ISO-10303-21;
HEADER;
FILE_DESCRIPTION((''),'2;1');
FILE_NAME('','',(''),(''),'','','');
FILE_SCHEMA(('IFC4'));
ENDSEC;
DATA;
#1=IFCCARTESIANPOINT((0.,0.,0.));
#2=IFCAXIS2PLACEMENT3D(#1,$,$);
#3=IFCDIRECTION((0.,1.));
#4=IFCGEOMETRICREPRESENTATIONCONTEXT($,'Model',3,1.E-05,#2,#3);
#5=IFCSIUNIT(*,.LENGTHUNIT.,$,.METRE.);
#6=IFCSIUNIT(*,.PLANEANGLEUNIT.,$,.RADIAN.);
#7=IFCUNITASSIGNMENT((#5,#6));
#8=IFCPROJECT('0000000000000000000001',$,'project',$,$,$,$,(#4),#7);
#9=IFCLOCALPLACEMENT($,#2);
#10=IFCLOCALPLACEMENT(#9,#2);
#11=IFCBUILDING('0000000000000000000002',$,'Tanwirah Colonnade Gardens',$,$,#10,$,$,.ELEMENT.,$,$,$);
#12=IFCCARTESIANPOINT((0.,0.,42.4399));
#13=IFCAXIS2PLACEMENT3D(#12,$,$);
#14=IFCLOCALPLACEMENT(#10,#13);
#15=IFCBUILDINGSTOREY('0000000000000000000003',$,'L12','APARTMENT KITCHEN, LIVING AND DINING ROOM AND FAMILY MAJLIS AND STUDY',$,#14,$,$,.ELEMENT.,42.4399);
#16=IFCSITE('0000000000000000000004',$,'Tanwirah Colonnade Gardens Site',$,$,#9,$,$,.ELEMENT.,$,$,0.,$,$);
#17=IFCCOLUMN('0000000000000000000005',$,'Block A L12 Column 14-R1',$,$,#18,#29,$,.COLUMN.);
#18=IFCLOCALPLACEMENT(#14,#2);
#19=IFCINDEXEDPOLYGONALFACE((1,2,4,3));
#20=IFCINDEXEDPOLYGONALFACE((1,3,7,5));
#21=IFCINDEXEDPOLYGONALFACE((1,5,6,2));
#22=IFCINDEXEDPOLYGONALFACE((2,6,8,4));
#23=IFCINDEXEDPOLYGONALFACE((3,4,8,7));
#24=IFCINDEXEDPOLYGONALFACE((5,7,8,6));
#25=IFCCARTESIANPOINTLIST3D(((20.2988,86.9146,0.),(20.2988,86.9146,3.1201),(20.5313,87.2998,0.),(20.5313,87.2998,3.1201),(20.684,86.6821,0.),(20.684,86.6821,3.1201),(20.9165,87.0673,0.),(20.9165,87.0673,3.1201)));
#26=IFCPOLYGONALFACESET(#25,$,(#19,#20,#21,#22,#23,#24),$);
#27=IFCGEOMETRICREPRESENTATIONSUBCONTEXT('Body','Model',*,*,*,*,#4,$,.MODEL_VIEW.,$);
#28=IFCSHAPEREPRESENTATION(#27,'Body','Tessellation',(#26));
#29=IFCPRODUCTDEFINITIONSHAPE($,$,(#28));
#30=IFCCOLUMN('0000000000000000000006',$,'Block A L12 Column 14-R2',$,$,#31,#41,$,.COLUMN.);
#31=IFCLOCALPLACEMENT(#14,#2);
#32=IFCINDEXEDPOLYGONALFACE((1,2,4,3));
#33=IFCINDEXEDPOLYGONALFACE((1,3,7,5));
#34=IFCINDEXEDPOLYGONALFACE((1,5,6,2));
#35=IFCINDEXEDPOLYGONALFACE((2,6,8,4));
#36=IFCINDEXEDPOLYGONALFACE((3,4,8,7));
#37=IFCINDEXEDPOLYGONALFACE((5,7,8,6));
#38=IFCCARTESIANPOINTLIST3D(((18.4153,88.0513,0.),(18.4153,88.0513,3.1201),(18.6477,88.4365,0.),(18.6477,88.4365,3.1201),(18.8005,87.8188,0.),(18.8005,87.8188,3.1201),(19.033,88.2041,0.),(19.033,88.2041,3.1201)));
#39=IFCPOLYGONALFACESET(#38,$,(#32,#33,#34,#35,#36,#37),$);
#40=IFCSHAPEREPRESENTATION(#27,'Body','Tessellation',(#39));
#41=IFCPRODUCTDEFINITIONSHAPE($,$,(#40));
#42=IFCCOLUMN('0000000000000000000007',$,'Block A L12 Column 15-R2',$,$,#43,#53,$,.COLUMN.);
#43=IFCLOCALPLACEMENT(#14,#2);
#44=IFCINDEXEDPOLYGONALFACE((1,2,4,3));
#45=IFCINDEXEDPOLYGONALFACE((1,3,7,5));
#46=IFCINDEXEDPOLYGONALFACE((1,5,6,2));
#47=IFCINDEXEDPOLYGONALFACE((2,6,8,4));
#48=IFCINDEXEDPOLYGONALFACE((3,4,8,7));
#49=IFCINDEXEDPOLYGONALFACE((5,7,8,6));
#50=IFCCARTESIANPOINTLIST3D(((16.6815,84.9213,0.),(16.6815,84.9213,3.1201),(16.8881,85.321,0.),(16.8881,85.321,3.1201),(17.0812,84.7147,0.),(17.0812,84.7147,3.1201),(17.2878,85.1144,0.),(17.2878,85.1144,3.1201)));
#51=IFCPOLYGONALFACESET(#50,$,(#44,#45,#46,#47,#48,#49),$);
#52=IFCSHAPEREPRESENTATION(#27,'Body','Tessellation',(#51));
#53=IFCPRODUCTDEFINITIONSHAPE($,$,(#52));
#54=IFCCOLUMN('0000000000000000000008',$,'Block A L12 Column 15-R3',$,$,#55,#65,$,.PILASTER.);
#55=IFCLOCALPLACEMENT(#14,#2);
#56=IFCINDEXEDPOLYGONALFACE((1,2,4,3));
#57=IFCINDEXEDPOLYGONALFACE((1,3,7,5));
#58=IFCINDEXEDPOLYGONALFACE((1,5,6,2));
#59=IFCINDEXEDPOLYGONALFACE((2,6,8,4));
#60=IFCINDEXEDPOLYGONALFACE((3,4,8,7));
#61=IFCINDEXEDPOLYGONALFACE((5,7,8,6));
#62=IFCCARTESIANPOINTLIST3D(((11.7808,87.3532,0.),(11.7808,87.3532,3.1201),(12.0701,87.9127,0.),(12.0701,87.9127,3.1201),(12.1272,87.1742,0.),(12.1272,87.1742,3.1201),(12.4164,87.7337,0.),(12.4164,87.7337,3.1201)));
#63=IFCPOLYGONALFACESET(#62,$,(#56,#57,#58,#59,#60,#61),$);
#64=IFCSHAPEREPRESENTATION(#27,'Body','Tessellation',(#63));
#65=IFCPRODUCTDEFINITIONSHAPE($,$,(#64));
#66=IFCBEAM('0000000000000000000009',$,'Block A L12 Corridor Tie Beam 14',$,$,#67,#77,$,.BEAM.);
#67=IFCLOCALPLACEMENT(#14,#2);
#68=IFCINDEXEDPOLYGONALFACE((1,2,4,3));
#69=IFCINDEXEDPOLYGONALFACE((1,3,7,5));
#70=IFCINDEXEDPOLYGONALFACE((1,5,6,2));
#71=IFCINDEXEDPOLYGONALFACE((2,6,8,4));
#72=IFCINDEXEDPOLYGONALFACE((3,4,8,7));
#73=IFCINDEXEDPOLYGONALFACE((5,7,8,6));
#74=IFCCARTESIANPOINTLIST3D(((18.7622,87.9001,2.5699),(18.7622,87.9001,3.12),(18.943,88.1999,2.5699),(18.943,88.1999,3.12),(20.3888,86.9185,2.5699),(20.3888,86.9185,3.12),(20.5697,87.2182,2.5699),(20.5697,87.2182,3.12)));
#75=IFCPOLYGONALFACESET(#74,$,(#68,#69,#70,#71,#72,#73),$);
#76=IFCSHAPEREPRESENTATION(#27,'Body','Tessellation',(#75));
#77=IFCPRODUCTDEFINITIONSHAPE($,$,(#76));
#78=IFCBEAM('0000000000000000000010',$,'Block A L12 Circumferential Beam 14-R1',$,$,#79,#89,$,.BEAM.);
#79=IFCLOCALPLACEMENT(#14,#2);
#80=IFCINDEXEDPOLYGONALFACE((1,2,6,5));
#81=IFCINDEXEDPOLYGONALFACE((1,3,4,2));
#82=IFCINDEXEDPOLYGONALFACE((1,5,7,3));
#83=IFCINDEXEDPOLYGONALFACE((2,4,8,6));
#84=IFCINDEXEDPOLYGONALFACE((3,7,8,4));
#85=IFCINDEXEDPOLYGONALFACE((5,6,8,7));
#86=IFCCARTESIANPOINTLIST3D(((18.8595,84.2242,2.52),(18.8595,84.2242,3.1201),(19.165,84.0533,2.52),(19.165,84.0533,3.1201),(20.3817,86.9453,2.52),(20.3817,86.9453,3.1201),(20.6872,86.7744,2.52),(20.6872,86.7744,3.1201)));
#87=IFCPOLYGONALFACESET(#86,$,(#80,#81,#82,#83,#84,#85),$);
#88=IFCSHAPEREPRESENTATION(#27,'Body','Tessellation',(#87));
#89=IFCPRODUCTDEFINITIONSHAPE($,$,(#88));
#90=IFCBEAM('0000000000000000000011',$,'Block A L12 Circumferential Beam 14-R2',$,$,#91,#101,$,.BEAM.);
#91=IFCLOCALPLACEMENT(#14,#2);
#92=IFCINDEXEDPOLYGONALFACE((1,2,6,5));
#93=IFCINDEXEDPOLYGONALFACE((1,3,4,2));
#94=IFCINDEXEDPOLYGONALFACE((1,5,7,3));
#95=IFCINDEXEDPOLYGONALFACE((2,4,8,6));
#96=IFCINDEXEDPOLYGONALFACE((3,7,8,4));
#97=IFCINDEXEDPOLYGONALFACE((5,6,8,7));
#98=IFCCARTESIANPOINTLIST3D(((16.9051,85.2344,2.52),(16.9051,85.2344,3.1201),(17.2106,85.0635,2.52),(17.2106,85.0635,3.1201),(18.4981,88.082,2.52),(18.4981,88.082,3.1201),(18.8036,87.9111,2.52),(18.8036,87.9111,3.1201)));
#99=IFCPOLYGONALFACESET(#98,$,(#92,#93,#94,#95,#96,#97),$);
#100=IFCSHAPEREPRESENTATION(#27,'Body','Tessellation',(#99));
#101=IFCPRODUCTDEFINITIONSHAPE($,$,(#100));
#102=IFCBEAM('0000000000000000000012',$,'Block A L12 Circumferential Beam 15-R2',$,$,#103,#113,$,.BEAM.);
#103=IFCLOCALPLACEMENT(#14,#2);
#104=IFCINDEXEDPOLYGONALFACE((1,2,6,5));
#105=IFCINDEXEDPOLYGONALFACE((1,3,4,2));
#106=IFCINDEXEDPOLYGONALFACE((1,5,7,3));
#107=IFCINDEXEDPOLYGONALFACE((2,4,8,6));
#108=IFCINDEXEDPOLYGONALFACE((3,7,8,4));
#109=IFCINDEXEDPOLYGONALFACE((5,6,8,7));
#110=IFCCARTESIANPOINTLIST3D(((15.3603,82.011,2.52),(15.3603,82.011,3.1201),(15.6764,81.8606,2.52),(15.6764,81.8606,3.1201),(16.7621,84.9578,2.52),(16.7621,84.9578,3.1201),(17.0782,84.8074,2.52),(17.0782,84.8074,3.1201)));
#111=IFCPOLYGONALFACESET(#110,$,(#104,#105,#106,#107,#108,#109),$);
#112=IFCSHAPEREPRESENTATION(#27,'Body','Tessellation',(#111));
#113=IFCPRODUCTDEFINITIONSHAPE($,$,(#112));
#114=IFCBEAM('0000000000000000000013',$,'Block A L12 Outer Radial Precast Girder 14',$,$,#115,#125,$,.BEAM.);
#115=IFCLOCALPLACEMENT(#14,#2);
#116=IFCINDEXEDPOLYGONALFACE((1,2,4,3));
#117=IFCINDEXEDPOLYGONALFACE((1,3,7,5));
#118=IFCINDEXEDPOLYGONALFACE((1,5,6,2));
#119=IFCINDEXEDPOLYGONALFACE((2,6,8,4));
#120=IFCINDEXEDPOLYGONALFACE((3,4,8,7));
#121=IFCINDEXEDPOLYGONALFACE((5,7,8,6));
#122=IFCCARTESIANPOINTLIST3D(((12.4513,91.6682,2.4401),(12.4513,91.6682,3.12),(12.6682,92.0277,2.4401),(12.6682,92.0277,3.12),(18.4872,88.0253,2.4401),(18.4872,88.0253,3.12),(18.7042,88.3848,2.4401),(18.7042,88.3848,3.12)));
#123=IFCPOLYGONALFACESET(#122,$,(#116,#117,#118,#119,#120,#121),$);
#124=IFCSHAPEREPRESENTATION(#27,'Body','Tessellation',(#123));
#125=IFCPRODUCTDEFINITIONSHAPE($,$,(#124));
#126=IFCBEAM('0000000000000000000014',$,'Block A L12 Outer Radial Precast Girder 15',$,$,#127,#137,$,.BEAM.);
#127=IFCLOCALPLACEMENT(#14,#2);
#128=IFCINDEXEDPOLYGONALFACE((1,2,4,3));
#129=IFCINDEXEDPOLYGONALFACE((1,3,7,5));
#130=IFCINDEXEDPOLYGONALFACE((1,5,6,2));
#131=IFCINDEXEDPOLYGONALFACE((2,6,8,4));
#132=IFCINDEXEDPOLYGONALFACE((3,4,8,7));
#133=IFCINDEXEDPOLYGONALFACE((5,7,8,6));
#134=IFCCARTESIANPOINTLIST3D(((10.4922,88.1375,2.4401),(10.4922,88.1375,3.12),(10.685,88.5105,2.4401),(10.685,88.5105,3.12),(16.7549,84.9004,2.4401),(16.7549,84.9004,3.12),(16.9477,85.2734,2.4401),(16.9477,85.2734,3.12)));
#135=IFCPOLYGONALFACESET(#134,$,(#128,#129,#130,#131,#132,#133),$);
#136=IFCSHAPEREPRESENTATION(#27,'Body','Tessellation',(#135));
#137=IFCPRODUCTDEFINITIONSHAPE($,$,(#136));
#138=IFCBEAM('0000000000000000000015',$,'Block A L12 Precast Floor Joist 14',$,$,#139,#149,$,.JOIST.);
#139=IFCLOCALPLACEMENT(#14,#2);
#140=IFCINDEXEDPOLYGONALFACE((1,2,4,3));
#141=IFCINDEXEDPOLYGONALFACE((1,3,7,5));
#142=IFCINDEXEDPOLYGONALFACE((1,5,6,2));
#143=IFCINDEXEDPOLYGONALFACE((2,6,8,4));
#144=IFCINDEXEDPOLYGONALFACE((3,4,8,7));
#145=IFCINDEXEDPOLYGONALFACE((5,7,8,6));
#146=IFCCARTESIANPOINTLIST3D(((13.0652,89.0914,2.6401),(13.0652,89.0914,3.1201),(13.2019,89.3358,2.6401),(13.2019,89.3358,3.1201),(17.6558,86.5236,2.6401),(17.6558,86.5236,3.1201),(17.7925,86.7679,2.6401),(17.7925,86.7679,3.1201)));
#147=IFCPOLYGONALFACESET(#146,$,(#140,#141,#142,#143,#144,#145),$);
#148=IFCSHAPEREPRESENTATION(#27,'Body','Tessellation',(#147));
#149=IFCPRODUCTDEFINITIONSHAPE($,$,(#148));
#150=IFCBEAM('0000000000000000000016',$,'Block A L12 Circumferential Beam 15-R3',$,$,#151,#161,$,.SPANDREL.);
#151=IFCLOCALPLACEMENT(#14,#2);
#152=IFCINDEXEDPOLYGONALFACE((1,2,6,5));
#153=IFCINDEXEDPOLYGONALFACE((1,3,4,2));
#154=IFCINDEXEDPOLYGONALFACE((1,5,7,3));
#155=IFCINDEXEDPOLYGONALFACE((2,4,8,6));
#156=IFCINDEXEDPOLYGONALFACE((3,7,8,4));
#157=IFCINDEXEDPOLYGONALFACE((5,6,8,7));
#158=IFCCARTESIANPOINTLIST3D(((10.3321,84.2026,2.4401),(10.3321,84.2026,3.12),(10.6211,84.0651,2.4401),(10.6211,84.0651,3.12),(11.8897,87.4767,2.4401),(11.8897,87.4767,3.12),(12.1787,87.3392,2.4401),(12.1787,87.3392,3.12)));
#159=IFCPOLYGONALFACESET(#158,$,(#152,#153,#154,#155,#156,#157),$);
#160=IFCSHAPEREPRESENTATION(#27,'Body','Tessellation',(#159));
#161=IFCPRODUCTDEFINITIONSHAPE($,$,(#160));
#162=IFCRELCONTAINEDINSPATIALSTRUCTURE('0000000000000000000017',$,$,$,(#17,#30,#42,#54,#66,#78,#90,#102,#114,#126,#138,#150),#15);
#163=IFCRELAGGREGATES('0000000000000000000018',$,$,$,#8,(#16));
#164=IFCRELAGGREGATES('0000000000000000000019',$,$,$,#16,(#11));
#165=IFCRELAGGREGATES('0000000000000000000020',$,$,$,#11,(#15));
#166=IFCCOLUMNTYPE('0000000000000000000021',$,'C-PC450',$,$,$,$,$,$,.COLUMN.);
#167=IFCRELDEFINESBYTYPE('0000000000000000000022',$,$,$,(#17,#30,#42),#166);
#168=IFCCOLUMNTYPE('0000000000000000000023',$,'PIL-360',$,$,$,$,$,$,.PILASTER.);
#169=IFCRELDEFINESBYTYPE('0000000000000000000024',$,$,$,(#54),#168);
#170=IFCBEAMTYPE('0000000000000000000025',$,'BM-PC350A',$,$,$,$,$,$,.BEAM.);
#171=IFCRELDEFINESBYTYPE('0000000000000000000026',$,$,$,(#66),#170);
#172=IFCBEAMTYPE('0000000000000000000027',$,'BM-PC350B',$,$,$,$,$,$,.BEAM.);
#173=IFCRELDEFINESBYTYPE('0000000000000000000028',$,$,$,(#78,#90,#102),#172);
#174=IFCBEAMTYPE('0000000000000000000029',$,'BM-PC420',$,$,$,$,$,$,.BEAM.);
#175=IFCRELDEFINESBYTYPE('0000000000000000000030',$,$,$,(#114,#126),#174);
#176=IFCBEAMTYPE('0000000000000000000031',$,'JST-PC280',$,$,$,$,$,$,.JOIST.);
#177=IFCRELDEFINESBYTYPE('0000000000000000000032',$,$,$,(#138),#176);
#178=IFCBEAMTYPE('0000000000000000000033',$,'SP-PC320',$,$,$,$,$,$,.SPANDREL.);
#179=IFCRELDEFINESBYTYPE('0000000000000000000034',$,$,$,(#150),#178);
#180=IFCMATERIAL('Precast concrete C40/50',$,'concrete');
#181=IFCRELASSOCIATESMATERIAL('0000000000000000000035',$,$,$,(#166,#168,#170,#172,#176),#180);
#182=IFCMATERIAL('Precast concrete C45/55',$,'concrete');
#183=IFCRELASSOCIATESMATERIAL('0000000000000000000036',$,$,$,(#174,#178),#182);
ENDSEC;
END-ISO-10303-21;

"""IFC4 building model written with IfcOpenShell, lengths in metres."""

from ifc_helpers import new_model, si_unit, direction, frame, origin, origin_2d, place, context, subcontext, project, spatial, rectangle, extrude, material, material_profile, profile_set, type_object, element, save


model = new_model("IFC4")

# Units and contexts
model_context = context("Model", 3, precision=1e-05, world=origin(), true_north=direction((0.0, 1.0)))
body_context = subcontext(model_context, "Body", "Model", "MODEL_VIEW")
ifc_project = project(units=[si_unit("LENGTHUNIT", "METRE"), si_unit("PLANEANGLEUNIT", "RADIAN")], contexts=[model_context])

# Site, building, storey
site_placement = place(None, origin())
site = spatial("IfcSite", under=ifc_project, at=site_placement, Name="Tanwirah Colonnade Gardens Site", CompositionType="ELEMENT", RefElevation=0.0)
building_placement = place(site_placement, origin())
building = spatial("IfcBuilding", under=site, at=building_placement, Name="Tanwirah Colonnade Gardens", CompositionType="ELEMENT")
storey_placement = place(building_placement, frame((0.0, 0.0, 42.4399)))
storey = spatial("IfcBuildingStorey", under=building, at=storey_placement, Name="L12", Description="APARTMENT KITCHEN, LIVING AND DINING ROOM AND FAMILY MAJLIS AND STUDY", CompositionType="ELEMENT", Elevation=42.4399)

# Columns
ifc_material_1 = material(Name="Precast concrete C40/50", Category="concrete")
ifc_material_profile_1 = material_profile(ifc_material_1, rectangle(XDim=0.45, YDim=0.45, at=origin_2d()), Name="PC-COL 450x450")
ifc_profile_set_1 = profile_set([ifc_material_profile_1], Name="Precast concrete C40/50")
column_type_1 = type_object("IfcColumnType", Name="C-PC450", PredefinedType="COLUMN", material=ifc_profile_set_1)
for number, where, z_axis, x_axis, name in (
    (1, (20.6077, 86.991, 0.0), (0.0, 0.0, 1.0), (-0.856167, 0.516699, 0.0), "Block A L12 Column 14-R1"),
    (2, (18.7241, 88.1277, 0.0), (0.0, 0.0, 1.0), (-0.856167, 0.516699, 0.0), "Block A L12 Column 14-R2"),
    (3, (16.9846, 85.0178, 0.0), (0.0, 0.0, 1.0), (-0.88835, 0.459166, 0.0), "Block A L12 Column 15-R2"),
):
    element("IfcColumn", number, at=place(storey_placement, frame(where, z_axis=z_axis, x_axis=x_axis)), inside=storey, type_object=column_type_1, Name=name, PredefinedType="COLUMN", context=body_context, shape_type="SweptSolid", body=[
        extrude(rectangle(XDim=0.45, YDim=0.45, at=origin_2d()), origin(), (0.0, 0.0, 1.0), 3.1201),
    ])
ifc_material_profile_2 = material_profile(ifc_material_1, rectangle(XDim=0.3899, YDim=0.6299, at=origin_2d()), Name="PC-PIL 390x630")
ifc_profile_set_2 = profile_set([ifc_material_profile_2], Name="Precast concrete C40/50")
column_type_2 = type_object("IfcColumnType", Name="PIL-360", PredefinedType="PILASTER", material=ifc_profile_set_2)
column_placement = place(storey_placement, frame((12.0986, 87.5435, 0.0), z_axis=(0.0, 0.0, 1.0), x_axis=(-0.88835, 0.459166, 0.0)))
element("IfcColumn", 4, at=column_placement, inside=storey, type_object=column_type_2, Name="Block A L12 Column 15-R3", PredefinedType="PILASTER", context=body_context, shape_type="SweptSolid", body=[
    extrude(rectangle(XDim=0.3899, YDim=0.6299, at=origin_2d()), origin(), (0.0, 0.0, 1.0), 3.1201),
])

# Beams
ifc_material_profile_3 = material_profile(ifc_material_1, rectangle(XDim=0.3501, YDim=0.55, at=origin_2d()), Name="PC-BM 350x550")
ifc_profile_set_3 = profile_set([ifc_material_profile_3], Name="Precast concrete C40/50")
beam_type_1 = type_object("IfcBeamType", Name="BM-PC350A", PredefinedType="BEAM", material=ifc_profile_set_3)
beam_1_placement = place(storey_placement, frame((20.4792, 87.0684, 2.845), z_axis=(-0.856175, 0.516686, 0.0), x_axis=(-0.516686, -0.856175, 0.0)))
element("IfcBeam", 5, at=beam_1_placement, inside=storey, type_object=beam_type_1, Name="Block A L12 Corridor Tie Beam 14", PredefinedType="BEAM", context=body_context, shape_type="SweptSolid", body=[
    extrude(rectangle(XDim=0.3501, YDim=0.55, at=origin_2d()), origin(), (0.0, 0.0, 1.0), 1.8999),
])
ifc_material_profile_4 = material_profile(ifc_material_1, rectangle(XDim=0.3501, YDim=0.6001, at=origin_2d()), Name="PC-BM 350x600")
ifc_profile_set_4 = profile_set([ifc_material_profile_4], Name="Precast concrete C40/50")
beam_type_2 = type_object("IfcBeamType", Name="BM-PC350B", PredefinedType="BEAM", material=ifc_profile_set_4)
beam_2_placement = place(storey_placement, frame((20.5344, 86.8599, 2.8201), z_axis=(-0.4882, -0.872732, 0.0), x_axis=(0.872732, -0.4882, 0.0)))
element("IfcBeam", 6, at=beam_2_placement, inside=storey, type_object=beam_type_2, Name="Block A L12 Circumferential Beam 14-R1", PredefinedType="BEAM", context=body_context, shape_type="SweptSolid", body=[
    extrude(rectangle(XDim=0.3501, YDim=0.6001, at=origin_2d()), origin(), (0.0, 0.0, 1.0), 3.1179),
])
beam_3_placement = place(storey_placement, frame((18.6509, 87.9966, 2.8201), z_axis=(-0.488214, -0.872724, 0.0), x_axis=(0.872724, -0.488214, 0.0)))
element("IfcBeam", 7, at=beam_3_placement, inside=storey, type_object=beam_type_2, Name="Block A L12 Circumferential Beam 14-R2", PredefinedType="BEAM", context=body_context, shape_type="SweptSolid", body=[
    extrude(rectangle(XDim=0.3501, YDim=0.6001, at=origin_2d()), origin(), (0.0, 0.0, 1.0), 3.2629),
])
beam_4_placement = place(storey_placement, frame((16.9202, 84.8826, 2.8201), z_axis=(-0.429591, -0.903024, 0.0), x_axis=(0.903024, -0.429591, 0.0)))
element("IfcBeam", 8, at=beam_4_placement, inside=storey, type_object=beam_type_2, Name="Block A L12 Circumferential Beam 15-R2", PredefinedType="BEAM", context=body_context, shape_type="SweptSolid", body=[
    extrude(rectangle(XDim=0.3501, YDim=0.6001, at=origin_2d()), origin(), (0.0, 0.0, 1.0), 3.2632),
])
ifc_material_2 = material(Name="Precast concrete C45/55", Category="concrete")
ifc_material_profile_5 = material_profile(ifc_material_2, rectangle(XDim=0.4199, YDim=0.6799, at=origin_2d()), Name="PC-BM 420x680")
ifc_profile_set_5 = profile_set([ifc_material_profile_5], Name="Precast concrete C45/55")
beam_type_3 = type_object("IfcBeamType", Name="BM-PC420", PredefinedType="BEAM", material=ifc_profile_set_5)
beam_5_placement = place(storey_placement, frame((18.5957, 88.2051, 2.78), z_axis=(-0.856158, 0.516714, 0.0), x_axis=(-0.516714, -0.856158, 0.0)))
element("IfcBeam", 9, at=beam_5_placement, inside=storey, type_object=beam_type_3, Name="Block A L12 Outer Radial Precast Girder 14", PredefinedType="BEAM", context=body_context, shape_type="SweptSolid", body=[
    extrude(rectangle(XDim=0.4199, YDim=0.6799, at=origin_2d()), origin(), (0.0, 0.0, 1.0), 7.05),
])
beam_6_placement = place(storey_placement, frame((16.8513, 85.0869, 2.78), z_axis=(-0.888349, 0.459169, 0.0), x_axis=(-0.459169, -0.888349, 0.0)))
element("IfcBeam", 10, at=beam_6_placement, inside=storey, type_object=beam_type_3, Name="Block A L12 Outer Radial Precast Girder 15", PredefinedType="BEAM", context=body_context, shape_type="SweptSolid", body=[
    extrude(rectangle(XDim=0.4199, YDim=0.6799, at=origin_2d()), origin(), (0.0, 0.0, 1.0), 7.0498),
])
ifc_material_profile_6 = material_profile(ifc_material_1, rectangle(XDim=0.28, YDim=0.48, at=origin_2d()), Name="PC-JST 280x480")
ifc_profile_set_6 = profile_set([ifc_material_profile_6], Name="Precast concrete C40/50")
beam_type_4 = type_object("IfcBeamType", Name="JST-PC280", PredefinedType="JOIST", material=ifc_profile_set_6)
beam_7_placement = place(storey_placement, frame((17.7241, 86.6458, 2.8801), z_axis=(-0.872737, 0.488191, 0.0), x_axis=(-0.488191, -0.872737, 0.0)))
element("IfcBeam", 11, at=beam_7_placement, inside=storey, type_object=beam_type_4, Name="Block A L12 Precast Floor Joist 14", PredefinedType="JOIST", context=body_context, shape_type="SweptSolid", body=[
    extrude(rectangle(XDim=0.28, YDim=0.48, at=origin_2d()), origin(), (0.0, 0.0, 1.0), 5.26),
])
ifc_material_profile_7 = material_profile(ifc_material_2, rectangle(XDim=0.3201, YDim=0.6799, at=origin_2d()), Name="PC-SP 320x680")
ifc_profile_set_7 = profile_set([ifc_material_profile_7], Name="Precast concrete C45/55")
beam_type_5 = type_object("IfcBeamType", Name="SP-PC320", PredefinedType="SPANDREL", material=ifc_profile_set_7)
beam_8_placement = place(storey_placement, frame((12.0342, 87.408, 2.78), z_axis=(-0.429594, -0.903022, 0.0), x_axis=(0.903022, -0.429594, 0.0)))
element("IfcBeam", 12, at=beam_8_placement, inside=storey, type_object=beam_type_5, Name="Block A L12 Circumferential Beam 15-R3", PredefinedType="SPANDREL", context=body_context, shape_type="SweptSolid", body=[
    extrude(rectangle(XDim=0.3201, YDim=0.6799, at=origin_2d()), origin(), (0.0, 0.0, 1.0), 3.6257),
])

save(model, "model.ifc")
